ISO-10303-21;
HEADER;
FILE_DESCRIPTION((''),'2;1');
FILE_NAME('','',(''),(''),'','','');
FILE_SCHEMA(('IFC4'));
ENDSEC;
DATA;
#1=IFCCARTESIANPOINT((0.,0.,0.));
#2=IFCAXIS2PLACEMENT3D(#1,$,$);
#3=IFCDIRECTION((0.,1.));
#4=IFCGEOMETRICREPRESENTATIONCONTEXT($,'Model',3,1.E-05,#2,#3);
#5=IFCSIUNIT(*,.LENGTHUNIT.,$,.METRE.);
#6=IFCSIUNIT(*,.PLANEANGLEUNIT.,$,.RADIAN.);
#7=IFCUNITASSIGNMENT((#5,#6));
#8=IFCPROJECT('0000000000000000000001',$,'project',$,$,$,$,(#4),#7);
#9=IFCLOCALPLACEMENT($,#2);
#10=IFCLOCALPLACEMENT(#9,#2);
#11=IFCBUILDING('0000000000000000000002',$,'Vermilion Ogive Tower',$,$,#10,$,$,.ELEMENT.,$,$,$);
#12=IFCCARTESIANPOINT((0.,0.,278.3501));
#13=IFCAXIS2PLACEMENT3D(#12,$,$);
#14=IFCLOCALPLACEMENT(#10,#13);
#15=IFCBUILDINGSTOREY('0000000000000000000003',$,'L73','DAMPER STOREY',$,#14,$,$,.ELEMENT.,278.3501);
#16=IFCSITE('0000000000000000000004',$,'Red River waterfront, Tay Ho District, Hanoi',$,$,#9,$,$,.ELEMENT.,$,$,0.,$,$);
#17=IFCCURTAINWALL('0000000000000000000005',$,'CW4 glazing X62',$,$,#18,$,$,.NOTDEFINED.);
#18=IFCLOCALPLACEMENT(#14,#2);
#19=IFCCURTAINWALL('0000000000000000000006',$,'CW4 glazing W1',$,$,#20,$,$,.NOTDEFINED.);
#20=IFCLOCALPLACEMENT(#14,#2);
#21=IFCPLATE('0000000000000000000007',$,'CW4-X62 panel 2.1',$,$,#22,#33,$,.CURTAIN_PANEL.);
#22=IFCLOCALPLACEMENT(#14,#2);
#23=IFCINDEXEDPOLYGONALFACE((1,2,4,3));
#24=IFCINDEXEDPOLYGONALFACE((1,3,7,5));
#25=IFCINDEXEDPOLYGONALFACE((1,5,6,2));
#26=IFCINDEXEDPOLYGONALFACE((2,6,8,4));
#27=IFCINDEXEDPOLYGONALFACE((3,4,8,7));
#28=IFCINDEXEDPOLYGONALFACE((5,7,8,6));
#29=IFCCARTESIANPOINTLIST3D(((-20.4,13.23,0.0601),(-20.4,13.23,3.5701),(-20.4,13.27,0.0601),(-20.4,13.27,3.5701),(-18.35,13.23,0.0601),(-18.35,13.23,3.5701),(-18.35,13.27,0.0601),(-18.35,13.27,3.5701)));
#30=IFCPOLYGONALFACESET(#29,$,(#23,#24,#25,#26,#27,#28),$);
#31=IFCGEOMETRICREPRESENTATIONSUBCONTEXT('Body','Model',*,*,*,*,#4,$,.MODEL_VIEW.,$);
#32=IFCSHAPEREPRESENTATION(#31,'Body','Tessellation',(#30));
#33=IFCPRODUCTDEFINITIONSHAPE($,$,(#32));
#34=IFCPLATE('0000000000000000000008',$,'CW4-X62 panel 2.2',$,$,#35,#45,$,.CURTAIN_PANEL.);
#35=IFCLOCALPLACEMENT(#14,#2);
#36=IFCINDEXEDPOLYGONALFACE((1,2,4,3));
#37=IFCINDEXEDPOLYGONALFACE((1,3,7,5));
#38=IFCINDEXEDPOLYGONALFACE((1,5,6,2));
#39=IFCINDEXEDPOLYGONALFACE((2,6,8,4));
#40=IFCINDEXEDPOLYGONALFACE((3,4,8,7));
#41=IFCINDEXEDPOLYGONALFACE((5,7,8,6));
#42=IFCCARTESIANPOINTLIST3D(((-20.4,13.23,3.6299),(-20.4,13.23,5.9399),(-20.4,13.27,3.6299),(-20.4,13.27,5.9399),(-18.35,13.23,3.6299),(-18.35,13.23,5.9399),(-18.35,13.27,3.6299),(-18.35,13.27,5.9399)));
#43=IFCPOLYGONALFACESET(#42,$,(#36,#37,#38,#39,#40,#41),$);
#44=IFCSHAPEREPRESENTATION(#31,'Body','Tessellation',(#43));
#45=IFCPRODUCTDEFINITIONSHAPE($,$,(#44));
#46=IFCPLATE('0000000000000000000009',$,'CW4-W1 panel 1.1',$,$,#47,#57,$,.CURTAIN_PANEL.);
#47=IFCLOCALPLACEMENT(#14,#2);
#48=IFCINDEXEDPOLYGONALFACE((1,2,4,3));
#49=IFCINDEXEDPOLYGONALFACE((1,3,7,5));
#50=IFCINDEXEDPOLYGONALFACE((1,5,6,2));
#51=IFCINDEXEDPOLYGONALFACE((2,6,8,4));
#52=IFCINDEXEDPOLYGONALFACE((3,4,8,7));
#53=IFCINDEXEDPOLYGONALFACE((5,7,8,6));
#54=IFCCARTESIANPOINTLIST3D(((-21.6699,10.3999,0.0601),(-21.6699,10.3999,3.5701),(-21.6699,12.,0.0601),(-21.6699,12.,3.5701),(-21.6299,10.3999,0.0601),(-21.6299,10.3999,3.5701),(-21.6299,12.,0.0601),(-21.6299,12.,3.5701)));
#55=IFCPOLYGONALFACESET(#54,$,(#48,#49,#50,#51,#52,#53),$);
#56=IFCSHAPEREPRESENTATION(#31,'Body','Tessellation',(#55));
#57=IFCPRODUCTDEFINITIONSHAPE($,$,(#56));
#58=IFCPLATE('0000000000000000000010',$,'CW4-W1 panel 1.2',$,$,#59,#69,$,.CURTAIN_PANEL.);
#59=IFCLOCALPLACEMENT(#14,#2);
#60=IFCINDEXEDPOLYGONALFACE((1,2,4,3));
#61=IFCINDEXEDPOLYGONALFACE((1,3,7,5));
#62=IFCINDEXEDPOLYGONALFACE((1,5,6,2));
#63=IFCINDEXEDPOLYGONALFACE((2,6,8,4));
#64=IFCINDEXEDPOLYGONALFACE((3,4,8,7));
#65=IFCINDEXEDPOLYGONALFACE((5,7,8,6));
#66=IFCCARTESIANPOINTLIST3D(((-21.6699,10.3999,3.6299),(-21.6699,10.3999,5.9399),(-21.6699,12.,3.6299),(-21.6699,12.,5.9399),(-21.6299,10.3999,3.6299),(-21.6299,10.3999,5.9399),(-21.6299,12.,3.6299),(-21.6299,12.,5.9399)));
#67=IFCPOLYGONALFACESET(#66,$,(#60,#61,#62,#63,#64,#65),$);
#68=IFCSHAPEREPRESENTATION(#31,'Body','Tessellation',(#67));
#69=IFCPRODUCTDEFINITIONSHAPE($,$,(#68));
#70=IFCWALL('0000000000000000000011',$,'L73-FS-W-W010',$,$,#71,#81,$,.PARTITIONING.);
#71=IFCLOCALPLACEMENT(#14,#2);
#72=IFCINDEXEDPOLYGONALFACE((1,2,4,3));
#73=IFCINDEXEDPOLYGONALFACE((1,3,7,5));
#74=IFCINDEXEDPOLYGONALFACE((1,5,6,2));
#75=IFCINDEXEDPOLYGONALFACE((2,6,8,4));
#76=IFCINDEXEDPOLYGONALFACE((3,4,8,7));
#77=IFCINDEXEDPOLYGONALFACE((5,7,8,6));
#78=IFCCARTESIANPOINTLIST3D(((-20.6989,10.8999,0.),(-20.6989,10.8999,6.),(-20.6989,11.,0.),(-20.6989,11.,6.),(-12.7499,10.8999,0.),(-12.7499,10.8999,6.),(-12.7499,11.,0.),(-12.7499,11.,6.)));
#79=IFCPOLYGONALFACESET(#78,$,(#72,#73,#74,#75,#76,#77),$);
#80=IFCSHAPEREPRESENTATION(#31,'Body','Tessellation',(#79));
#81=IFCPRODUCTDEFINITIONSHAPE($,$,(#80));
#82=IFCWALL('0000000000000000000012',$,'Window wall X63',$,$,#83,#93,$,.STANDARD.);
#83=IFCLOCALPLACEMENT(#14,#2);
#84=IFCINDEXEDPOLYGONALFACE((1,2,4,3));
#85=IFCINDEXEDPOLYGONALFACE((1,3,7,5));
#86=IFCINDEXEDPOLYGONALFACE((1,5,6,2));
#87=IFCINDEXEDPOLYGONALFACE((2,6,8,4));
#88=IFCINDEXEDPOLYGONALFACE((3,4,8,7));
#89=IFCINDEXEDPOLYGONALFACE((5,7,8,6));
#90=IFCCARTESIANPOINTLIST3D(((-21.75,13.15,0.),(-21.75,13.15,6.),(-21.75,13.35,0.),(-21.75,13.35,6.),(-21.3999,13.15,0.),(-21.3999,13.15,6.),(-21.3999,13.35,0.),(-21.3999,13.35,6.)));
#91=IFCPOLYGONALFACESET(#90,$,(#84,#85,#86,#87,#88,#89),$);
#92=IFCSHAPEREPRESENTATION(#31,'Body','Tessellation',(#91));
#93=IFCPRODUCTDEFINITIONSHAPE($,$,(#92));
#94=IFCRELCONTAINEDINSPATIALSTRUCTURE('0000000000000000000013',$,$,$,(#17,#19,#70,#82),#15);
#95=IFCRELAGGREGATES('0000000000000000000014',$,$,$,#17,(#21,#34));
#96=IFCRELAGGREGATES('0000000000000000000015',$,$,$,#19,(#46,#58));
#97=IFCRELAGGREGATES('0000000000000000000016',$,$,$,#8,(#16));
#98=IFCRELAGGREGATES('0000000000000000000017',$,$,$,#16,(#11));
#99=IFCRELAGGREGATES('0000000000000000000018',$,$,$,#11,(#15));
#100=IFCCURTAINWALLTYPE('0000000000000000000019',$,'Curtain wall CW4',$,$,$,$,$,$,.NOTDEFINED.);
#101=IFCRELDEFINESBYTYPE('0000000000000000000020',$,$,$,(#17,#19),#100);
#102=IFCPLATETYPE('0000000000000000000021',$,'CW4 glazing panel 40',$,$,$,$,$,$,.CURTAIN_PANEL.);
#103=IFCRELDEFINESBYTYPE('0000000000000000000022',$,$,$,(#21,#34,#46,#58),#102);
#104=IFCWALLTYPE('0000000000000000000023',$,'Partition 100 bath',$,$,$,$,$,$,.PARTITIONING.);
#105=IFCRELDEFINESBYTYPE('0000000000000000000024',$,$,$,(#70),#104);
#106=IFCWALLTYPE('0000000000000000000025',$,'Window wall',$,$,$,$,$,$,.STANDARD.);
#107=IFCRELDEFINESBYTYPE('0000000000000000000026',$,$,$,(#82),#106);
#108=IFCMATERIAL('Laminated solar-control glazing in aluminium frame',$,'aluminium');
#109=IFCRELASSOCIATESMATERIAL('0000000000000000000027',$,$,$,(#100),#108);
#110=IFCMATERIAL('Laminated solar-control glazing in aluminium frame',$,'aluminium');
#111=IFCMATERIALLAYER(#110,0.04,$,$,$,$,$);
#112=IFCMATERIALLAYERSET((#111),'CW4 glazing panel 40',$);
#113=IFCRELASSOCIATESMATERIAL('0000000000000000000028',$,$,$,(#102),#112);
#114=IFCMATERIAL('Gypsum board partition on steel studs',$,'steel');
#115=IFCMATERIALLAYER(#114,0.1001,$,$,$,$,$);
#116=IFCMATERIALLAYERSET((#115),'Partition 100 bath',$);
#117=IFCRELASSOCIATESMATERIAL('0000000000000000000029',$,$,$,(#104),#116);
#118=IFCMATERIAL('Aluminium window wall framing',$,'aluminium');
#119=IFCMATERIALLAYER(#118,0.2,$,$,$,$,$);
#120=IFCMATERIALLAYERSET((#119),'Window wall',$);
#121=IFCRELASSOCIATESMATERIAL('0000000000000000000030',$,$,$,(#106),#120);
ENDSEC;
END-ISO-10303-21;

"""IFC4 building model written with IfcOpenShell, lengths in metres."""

from ifc_helpers import new_model, si_unit, direction, frame, frame_2d, origin, origin_2d, place, context, subcontext, project, spatial, rectangle, extrude, material, layer, layer_set, type_object, element, aggregate, save


model = new_model("IFC4")

# Units and contexts
model_context = context("Model", 3, precision=1e-05, world=origin(), true_north=direction((0.0, 1.0)))
body_context = subcontext(model_context, "Body", "Model", "MODEL_VIEW")
ifc_project = project(units=[si_unit("LENGTHUNIT", "METRE"), si_unit("PLANEANGLEUNIT", "RADIAN")], contexts=[model_context])

# Site, building, storey
site_placement = place(None, origin())
site = spatial("IfcSite", under=ifc_project, at=site_placement, Name="Red River waterfront, Tay Ho District, Hanoi", CompositionType="ELEMENT", RefElevation=0.0)
building_placement = place(site_placement, origin())
building = spatial("IfcBuilding", under=site, at=building_placement, Name="Vermilion Ogive Tower", CompositionType="ELEMENT")
storey_placement = place(building_placement, frame((0.0, 0.0, 278.3501)))
storey = spatial("IfcBuildingStorey", under=building, at=storey_placement, Name="L73", Description="DAMPER STOREY", CompositionType="ELEMENT", Elevation=278.3501)

# Curtain walls
ifc_material_1 = material(Name="Laminated solar-control glazing in aluminium frame", Category="aluminium")
curtain_wall_type = type_object("IfcCurtainWallType", Name="Curtain wall CW4", PredefinedType="NOTDEFINED", material=ifc_material_1)
curtain_wall_1_placement = place(storey_placement, origin())
curtain_wall_1 = element("IfcCurtainWall", 1, at=curtain_wall_1_placement, inside=storey, type_object=curtain_wall_type, Name="CW4 glazing X62", PredefinedType="NOTDEFINED")
curtain_wall_2_placement = place(storey_placement, origin())
curtain_wall_2 = element("IfcCurtainWall", 2, at=curtain_wall_2_placement, inside=storey, type_object=curtain_wall_type, Name="CW4 glazing W1", PredefinedType="NOTDEFINED")

# Plates
ifc_material_2 = material(Name="Laminated solar-control glazing in aluminium frame", Category="aluminium")
ifc_layer_1 = layer(ifc_material_2, 0.04)
ifc_layer_set_1 = layer_set([ifc_layer_1], Name="CW4 glazing panel 40")
plate_type = type_object("IfcPlateType", Name="CW4 glazing panel 40", PredefinedType="CURTAIN_PANEL", material=ifc_layer_set_1)
plate_1_placement = place(storey_placement, frame((-19.375, 13.25, 0.0601), z_axis=(0.0, 0.0, 1.0), x_axis=(-1.0, 0.0, 0.0)))
plate_1 = element("IfcPlate", 3, at=plate_1_placement, type_object=plate_type, Name="CW4-X62 panel 2.1", PredefinedType="CURTAIN_PANEL", context=body_context, shape_type="SweptSolid", body=[
    extrude(rectangle(XDim=2.05, YDim=0.04, at=origin_2d()), origin(), (0.0, 0.0, 1.0), 3.51),
])
plate_2_placement = place(storey_placement, frame((-19.375, 13.25, 3.6299), z_axis=(0.0, 0.0, 1.0), x_axis=(-1.0, 0.0, 0.0)))
plate_2 = element("IfcPlate", 4, at=plate_2_placement, type_object=plate_type, Name="CW4-X62 panel 2.2", PredefinedType="CURTAIN_PANEL", context=body_context, shape_type="SweptSolid", body=[
    extrude(rectangle(XDim=2.05, YDim=0.04, at=origin_2d()), origin(), (0.0, 0.0, 1.0), 2.3101),
])
aggregate(curtain_wall_1, [plate_1, plate_2])
plate_3_placement = place(storey_placement, frame((-21.6499, 11.2, 0.0601), z_axis=(0.0, 0.0, 1.0), x_axis=(0.0, -1.0, 0.0)))
plate_3 = element("IfcPlate", 5, at=plate_3_placement, type_object=plate_type, Name="CW4-W1 panel 1.1", PredefinedType="CURTAIN_PANEL", context=body_context, shape_type="SweptSolid", body=[
    extrude(rectangle(XDim=1.6001, YDim=0.04, at=origin_2d()), origin(), (0.0, 0.0, 1.0), 3.51),
])
plate_4_placement = place(storey_placement, frame((-21.6499, 11.2, 3.6299), z_axis=(0.0, 0.0, 1.0), x_axis=(0.0, -1.0, 0.0)))
plate_4 = element("IfcPlate", 6, at=plate_4_placement, type_object=plate_type, Name="CW4-W1 panel 1.2", PredefinedType="CURTAIN_PANEL", context=body_context, shape_type="SweptSolid", body=[
    extrude(rectangle(XDim=1.6001, YDim=0.04, at=origin_2d()), origin(), (0.0, 0.0, 1.0), 2.3101),
])
aggregate(curtain_wall_2, [plate_3, plate_4])

# Walls
ifc_material_3 = material(Name="Gypsum board partition on steel studs", Category="steel")
ifc_layer_2 = layer(ifc_material_3, 0.1001)
ifc_layer_set_2 = layer_set([ifc_layer_2], Name="Partition 100 bath")
wall_type_1 = type_object("IfcWallType", Name="Partition 100 bath", PredefinedType="PARTITIONING", material=ifc_layer_set_2)
wall_1_placement = place(storey_placement, frame((-20.699, 10.95, 0.0), z_axis=(0.0, 0.0, 1.0), x_axis=(1.0, 0.0, 0.0)))
element("IfcWall", 7, at=wall_1_placement, inside=storey, type_object=wall_type_1, Name="L73-FS-W-W010", PredefinedType="PARTITIONING", context=body_context, shape_type="SweptSolid", body=[
    extrude(rectangle(XDim=7.949, YDim=0.1001, at=frame_2d((3.9746, 0.0))), origin(), (0.0, 0.0, 1.0), 6.0),
])
ifc_material_4 = material(Name="Aluminium window wall framing", Category="aluminium")
ifc_layer_3 = layer(ifc_material_4, 0.2)
ifc_layer_set_3 = layer_set([ifc_layer_3], Name="Window wall")
wall_type_2 = type_object("IfcWallType", Name="Window wall", PredefinedType="STANDARD", material=ifc_layer_set_3)
wall_2_placement = place(storey_placement, frame((-21.3999, 13.25, 0.0), z_axis=(0.0, 0.0, 1.0), x_axis=(-1.0, 0.0, 0.0)))
element("IfcWall", 8, at=wall_2_placement, inside=storey, type_object=wall_type_2, Name="Window wall X63", PredefinedType="STANDARD", context=body_context, shape_type="SweptSolid", body=[
    extrude(rectangle(XDim=0.3501, YDim=0.2, at=frame_2d((0.175, 0.0))), origin(), (0.0, 0.0, 1.0), 6.0),
])

save(model, "model.ifc")
